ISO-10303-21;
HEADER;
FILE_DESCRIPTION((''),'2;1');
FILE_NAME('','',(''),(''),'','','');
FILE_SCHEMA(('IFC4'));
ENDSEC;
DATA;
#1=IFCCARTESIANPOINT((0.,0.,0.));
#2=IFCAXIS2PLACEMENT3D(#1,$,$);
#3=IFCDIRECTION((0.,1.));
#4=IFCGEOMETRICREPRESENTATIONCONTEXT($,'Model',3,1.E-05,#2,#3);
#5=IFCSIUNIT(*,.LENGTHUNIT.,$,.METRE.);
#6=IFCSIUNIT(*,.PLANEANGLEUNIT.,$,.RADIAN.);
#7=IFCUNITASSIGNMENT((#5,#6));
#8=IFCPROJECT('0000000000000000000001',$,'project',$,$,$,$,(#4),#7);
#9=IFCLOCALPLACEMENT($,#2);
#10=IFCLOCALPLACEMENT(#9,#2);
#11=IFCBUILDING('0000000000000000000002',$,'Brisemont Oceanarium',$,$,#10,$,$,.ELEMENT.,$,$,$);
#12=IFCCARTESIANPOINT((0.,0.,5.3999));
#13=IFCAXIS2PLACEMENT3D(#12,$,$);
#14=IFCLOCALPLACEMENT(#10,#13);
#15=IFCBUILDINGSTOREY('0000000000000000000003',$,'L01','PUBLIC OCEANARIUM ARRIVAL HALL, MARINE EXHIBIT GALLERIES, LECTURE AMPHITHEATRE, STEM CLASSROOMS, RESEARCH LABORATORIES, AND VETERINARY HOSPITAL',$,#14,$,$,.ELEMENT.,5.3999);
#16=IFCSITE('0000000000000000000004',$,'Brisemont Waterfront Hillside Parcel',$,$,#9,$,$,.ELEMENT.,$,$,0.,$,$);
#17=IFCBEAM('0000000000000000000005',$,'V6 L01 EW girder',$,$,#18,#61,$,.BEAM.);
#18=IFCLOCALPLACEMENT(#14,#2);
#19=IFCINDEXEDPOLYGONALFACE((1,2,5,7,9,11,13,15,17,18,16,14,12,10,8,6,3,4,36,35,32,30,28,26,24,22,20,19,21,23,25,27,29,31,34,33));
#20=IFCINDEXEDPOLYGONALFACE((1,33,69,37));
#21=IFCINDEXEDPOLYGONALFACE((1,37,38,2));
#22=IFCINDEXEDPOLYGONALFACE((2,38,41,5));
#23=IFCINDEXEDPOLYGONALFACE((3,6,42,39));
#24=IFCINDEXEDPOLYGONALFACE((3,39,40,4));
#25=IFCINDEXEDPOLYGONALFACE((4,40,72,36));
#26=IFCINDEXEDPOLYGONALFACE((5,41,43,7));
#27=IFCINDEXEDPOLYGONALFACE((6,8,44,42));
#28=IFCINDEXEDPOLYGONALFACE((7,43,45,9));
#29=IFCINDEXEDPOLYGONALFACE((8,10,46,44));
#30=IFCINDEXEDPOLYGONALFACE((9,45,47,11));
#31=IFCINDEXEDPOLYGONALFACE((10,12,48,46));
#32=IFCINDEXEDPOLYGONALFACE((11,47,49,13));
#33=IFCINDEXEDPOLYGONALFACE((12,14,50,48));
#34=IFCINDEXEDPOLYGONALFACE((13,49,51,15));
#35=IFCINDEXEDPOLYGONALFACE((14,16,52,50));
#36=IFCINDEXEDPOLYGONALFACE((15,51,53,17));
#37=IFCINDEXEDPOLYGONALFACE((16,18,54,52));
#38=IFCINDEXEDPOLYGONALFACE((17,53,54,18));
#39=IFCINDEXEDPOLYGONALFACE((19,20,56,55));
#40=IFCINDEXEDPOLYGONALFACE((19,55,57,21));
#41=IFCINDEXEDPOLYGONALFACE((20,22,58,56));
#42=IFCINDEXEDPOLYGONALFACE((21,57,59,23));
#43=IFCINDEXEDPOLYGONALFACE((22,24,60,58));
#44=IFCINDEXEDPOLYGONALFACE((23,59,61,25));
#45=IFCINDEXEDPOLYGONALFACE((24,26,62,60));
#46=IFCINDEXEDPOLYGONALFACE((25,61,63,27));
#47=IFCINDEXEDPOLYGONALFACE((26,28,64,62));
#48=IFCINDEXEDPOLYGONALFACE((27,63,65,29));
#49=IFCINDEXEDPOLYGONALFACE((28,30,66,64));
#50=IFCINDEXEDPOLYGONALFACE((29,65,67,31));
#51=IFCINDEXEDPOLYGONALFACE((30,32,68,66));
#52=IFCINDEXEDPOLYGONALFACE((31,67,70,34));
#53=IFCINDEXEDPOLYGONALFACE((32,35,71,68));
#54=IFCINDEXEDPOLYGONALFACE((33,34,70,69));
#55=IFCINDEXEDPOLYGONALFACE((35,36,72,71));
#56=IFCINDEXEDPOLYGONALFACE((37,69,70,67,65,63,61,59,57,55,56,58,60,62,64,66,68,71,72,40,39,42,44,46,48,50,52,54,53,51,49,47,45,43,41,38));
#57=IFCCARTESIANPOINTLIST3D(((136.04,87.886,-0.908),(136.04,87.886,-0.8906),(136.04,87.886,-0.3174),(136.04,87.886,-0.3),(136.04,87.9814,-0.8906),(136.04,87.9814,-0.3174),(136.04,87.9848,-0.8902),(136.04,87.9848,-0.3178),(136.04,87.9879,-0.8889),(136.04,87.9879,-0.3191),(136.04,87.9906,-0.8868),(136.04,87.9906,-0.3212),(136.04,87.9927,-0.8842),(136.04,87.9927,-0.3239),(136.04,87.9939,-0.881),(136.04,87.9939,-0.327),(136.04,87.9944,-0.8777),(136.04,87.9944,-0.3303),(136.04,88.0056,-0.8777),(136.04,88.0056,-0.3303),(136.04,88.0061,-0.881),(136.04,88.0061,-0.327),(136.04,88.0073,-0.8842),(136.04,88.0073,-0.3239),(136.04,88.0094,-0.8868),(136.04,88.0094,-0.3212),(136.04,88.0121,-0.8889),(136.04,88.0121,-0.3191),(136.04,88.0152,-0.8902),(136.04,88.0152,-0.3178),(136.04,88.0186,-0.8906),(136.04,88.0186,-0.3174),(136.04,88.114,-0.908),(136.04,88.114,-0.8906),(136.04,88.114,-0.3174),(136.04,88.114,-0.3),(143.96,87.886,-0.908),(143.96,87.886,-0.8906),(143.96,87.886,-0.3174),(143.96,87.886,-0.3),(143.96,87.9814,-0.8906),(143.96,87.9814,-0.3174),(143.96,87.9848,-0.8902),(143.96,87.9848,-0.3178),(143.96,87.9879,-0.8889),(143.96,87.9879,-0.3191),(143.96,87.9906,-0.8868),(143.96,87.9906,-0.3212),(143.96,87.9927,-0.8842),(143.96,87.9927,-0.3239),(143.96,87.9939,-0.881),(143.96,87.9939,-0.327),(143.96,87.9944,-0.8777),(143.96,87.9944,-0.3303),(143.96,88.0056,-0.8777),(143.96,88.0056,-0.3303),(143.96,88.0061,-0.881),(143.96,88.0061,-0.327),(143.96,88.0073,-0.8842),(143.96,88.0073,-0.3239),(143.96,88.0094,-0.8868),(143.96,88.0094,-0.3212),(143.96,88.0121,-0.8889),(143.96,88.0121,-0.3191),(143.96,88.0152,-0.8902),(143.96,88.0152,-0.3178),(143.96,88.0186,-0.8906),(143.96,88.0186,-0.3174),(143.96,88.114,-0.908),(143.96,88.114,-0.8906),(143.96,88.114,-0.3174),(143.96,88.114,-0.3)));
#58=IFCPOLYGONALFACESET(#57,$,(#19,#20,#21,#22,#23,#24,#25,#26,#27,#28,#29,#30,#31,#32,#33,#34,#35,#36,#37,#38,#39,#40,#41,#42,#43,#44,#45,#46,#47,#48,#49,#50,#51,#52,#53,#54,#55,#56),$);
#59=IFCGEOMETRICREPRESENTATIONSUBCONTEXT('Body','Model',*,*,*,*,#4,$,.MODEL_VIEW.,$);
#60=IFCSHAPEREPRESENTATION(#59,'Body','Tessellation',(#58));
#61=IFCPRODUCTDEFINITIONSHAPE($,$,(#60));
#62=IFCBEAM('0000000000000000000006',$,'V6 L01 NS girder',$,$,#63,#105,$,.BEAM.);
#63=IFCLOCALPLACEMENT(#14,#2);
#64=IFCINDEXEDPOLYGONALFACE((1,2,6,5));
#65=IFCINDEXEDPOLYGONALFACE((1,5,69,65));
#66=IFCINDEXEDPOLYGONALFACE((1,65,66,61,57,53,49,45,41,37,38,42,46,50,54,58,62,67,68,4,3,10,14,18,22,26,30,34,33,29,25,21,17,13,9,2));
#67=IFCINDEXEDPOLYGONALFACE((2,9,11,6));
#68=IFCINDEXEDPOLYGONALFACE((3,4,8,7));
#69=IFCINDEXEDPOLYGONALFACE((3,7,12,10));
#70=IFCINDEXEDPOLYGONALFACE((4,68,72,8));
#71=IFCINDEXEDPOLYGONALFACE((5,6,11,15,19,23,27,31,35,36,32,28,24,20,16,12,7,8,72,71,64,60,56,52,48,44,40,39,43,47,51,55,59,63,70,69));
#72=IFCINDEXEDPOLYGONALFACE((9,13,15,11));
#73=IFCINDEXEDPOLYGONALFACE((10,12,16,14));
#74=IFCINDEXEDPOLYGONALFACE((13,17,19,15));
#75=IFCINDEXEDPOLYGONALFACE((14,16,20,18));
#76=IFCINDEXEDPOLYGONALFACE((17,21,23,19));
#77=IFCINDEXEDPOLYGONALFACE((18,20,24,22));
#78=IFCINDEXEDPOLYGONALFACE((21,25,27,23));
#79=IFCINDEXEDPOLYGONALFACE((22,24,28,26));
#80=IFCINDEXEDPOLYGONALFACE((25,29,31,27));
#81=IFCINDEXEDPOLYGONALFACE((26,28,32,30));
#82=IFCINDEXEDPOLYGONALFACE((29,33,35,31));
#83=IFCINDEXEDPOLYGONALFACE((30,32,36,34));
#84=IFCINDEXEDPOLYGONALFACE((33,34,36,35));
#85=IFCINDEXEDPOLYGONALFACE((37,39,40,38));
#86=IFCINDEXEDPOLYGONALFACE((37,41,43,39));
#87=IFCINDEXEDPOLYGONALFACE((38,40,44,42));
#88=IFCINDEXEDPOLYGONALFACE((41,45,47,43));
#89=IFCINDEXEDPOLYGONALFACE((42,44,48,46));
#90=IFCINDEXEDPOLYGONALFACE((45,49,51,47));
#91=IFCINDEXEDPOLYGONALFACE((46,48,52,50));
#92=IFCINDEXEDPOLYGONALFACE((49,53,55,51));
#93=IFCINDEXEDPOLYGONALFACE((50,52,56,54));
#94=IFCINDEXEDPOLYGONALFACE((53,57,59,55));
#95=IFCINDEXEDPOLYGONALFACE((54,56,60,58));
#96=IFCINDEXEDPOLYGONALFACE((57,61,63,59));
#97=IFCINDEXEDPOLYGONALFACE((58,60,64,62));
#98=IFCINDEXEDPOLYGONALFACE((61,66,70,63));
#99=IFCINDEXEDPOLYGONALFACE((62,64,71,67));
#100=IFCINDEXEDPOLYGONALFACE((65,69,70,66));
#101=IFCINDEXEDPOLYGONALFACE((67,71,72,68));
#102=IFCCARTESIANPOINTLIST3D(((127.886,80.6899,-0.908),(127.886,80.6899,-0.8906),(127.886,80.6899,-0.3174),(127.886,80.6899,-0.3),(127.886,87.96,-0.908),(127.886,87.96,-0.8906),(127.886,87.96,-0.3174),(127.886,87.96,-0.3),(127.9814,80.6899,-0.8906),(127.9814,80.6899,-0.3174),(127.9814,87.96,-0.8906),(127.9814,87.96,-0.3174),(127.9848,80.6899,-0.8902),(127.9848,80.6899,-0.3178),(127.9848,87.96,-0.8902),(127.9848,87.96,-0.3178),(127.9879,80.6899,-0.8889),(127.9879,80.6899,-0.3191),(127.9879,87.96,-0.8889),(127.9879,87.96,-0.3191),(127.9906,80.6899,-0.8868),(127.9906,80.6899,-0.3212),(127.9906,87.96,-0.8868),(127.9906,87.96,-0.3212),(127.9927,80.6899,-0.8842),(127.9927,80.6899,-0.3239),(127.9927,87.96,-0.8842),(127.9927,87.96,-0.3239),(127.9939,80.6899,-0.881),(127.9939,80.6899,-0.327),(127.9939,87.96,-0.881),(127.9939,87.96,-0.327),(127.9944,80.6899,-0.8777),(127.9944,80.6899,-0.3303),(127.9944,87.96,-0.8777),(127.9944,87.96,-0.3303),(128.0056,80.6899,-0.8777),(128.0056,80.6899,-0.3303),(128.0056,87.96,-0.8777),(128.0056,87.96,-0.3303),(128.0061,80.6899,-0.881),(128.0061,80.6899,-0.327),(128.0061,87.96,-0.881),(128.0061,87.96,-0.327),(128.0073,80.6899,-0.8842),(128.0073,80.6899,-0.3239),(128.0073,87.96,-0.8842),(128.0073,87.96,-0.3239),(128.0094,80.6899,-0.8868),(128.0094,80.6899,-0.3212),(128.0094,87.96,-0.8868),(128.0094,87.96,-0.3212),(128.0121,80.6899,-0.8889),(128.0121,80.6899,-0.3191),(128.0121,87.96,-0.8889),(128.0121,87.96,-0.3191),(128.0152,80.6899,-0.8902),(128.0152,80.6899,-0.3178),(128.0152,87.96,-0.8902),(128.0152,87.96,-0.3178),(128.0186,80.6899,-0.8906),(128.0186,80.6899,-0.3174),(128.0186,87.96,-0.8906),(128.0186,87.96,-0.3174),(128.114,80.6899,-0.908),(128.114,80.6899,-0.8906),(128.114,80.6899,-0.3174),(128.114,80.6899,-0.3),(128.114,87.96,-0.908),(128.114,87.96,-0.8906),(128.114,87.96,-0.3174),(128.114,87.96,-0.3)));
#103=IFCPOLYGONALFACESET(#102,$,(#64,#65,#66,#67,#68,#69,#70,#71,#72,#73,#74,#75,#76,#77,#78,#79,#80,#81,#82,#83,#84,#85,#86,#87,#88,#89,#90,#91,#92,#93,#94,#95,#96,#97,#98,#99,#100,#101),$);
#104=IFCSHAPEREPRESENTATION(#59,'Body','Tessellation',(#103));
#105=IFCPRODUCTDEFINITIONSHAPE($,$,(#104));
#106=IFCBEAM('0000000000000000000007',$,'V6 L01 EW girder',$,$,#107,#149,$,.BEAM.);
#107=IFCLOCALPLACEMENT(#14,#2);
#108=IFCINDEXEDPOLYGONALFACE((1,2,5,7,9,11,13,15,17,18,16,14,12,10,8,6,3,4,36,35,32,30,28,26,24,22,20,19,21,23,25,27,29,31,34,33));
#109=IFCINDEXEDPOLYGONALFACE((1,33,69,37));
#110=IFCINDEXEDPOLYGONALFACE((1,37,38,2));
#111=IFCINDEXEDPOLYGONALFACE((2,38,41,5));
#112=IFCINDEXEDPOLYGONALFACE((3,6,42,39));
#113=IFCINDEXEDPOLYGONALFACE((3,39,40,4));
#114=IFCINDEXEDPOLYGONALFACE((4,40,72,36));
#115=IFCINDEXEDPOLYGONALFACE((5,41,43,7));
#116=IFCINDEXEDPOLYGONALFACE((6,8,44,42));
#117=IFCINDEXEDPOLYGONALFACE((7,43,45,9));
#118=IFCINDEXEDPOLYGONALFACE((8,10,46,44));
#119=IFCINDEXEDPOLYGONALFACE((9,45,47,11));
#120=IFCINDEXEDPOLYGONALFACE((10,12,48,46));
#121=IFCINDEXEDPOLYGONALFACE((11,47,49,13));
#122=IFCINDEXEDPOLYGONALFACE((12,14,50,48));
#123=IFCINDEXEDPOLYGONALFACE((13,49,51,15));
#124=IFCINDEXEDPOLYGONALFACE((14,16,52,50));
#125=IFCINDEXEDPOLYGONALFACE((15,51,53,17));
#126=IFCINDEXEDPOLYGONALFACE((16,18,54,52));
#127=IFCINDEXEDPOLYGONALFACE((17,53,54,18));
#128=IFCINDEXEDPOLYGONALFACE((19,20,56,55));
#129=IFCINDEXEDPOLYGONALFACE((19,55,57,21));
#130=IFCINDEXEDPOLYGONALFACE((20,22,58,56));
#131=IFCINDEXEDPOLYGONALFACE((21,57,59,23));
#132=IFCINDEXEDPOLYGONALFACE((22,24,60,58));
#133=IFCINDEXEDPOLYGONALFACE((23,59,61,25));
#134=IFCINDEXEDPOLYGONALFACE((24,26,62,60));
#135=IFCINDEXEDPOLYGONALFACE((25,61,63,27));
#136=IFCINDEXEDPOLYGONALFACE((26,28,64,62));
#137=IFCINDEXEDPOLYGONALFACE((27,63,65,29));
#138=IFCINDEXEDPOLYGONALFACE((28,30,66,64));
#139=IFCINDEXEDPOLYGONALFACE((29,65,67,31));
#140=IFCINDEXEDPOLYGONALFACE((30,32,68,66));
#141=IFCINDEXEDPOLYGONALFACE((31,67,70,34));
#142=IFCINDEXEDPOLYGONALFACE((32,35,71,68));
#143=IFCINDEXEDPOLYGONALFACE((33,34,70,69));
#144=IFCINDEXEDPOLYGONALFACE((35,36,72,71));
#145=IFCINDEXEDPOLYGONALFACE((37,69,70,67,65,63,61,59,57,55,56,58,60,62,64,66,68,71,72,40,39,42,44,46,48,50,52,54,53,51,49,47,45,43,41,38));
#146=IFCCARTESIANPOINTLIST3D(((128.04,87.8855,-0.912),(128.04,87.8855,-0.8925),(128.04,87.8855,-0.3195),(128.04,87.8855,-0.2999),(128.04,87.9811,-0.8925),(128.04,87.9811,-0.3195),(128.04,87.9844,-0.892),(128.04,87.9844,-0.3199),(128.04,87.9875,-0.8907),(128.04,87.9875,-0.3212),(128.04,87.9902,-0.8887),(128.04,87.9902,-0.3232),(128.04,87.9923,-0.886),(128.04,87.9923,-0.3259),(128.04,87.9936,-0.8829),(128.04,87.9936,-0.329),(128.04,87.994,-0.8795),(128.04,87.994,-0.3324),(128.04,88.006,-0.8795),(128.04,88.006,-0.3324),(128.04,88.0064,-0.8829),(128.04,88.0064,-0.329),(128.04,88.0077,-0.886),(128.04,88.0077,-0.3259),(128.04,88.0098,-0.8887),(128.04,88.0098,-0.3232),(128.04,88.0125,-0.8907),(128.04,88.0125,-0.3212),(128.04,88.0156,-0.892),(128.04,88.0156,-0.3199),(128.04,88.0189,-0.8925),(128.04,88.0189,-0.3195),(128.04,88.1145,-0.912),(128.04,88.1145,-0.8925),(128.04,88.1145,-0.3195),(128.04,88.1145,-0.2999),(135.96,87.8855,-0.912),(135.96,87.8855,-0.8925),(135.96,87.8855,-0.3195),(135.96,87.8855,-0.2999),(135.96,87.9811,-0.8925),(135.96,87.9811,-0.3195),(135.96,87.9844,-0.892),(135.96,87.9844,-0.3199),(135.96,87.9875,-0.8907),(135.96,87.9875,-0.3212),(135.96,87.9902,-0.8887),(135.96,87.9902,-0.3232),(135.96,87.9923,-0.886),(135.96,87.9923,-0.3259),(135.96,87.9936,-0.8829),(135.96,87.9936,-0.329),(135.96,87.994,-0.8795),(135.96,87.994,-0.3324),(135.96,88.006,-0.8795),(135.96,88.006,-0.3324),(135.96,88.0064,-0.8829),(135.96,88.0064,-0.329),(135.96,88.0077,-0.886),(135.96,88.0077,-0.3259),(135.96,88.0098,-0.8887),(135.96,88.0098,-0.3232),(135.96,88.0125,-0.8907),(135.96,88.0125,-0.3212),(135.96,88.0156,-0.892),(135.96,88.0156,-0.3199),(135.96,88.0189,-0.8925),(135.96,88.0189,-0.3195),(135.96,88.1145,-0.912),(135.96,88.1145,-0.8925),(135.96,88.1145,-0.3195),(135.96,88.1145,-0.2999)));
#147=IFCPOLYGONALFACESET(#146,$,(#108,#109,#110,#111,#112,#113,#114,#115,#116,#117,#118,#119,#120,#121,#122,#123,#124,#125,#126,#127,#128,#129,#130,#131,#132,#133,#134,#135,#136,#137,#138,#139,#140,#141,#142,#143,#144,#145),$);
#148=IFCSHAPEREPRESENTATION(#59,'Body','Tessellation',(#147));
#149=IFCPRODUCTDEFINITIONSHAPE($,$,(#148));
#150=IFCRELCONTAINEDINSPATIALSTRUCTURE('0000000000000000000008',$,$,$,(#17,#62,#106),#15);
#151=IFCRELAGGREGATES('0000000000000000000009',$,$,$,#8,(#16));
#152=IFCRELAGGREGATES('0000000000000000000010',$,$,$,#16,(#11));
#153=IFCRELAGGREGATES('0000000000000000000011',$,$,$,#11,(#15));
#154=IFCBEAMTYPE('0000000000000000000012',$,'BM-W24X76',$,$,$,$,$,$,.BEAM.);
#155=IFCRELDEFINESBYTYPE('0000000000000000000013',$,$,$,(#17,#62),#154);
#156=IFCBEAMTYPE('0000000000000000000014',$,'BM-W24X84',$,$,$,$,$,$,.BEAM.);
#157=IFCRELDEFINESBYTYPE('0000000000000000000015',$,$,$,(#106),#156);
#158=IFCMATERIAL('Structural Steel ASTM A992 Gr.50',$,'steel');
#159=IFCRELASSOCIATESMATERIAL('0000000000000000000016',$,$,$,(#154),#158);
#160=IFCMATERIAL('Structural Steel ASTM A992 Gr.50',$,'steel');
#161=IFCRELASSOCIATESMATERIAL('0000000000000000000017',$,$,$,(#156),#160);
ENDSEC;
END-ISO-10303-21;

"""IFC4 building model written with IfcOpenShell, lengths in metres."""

from ifc_helpers import new_model, si_unit, direction, frame, origin, origin_2d, place, context, subcontext, project, spatial, i_section, extrude, material, material_profile, profile_set, type_object, element, save


model = new_model("IFC4")

# Units and contexts
model_context = context("Model", 3, precision=1e-05, world=origin(), true_north=direction((0.0, 1.0)))
body_context = subcontext(model_context, "Body", "Model", "MODEL_VIEW")
ifc_project = project(units=[si_unit("LENGTHUNIT", "METRE"), si_unit("PLANEANGLEUNIT", "RADIAN")], contexts=[model_context])

# Site, building, storey
site_placement = place(None, origin())
site = spatial("IfcSite", under=ifc_project, at=site_placement, Name="Brisemont Waterfront Hillside Parcel", CompositionType="ELEMENT", RefElevation=0.0)
building_placement = place(site_placement, origin())
building = spatial("IfcBuilding", under=site, at=building_placement, Name="Brisemont Oceanarium", CompositionType="ELEMENT")
storey_placement = place(building_placement, frame((0.0, 0.0, 5.3999)))
storey = spatial("IfcBuildingStorey", under=building, at=storey_placement, Name="L01", Description="PUBLIC OCEANARIUM ARRIVAL HALL, MARINE EXHIBIT GALLERIES, LECTURE AMPHITHEATRE, STEM CLASSROOMS, RESEARCH LABORATORIES, AND VETERINARY HOSPITAL", CompositionType="ELEMENT", Elevation=5.3999)

# Beams
ifc_material_1 = material(Name="Structural Steel ASTM A992 Gr.50", Category="steel")
ifc_material_profile_1 = material_profile(ifc_material_1, i_section(OverallWidth=0.228, OverallDepth=0.6079, WebThickness=0.0112, FlangeThickness=0.0173, FilletRadius=0.0129, at=origin_2d()), Name="W24X76")
ifc_profile_set_1 = profile_set([ifc_material_profile_1], Name="Structural Steel ASTM A992 Gr.50")
beam_type_1 = type_object("IfcBeamType", Name="BM-W24X76", PredefinedType="BEAM", material=ifc_profile_set_1)
beam_1_placement = place(storey_placement, frame((136.04, 88.0, -0.604), z_axis=(1.0, 0.0, 0.0), x_axis=(0.0, 1.0, 0.0)))
element("IfcBeam", 1, at=beam_1_placement, inside=storey, type_object=beam_type_1, Name="V6 L01 EW girder", PredefinedType="BEAM", context=body_context, shape_type="SweptSolid", body=[
    extrude(i_section(OverallWidth=0.228, OverallDepth=0.6079, WebThickness=0.0112, FlangeThickness=0.0173, FilletRadius=0.0129, at=origin_2d()), origin(), (0.0, 0.0, 1.0), 7.9199),
])
beam_2_placement = place(storey_placement, frame((128.0, 80.6899, -0.604), z_axis=(0.0, 1.0, 0.0), x_axis=(-1.0, 0.0, 0.0)))
element("IfcBeam", 2, at=beam_2_placement, inside=storey, type_object=beam_type_1, Name="V6 L01 NS girder", PredefinedType="BEAM", context=body_context, shape_type="SweptSolid", body=[
    extrude(i_section(OverallWidth=0.228, OverallDepth=0.6079, WebThickness=0.0112, FlangeThickness=0.0173, FilletRadius=0.0129, at=origin_2d()), origin(), (0.0, 0.0, 1.0), 7.27),
])
ifc_material_2 = material(Name="Structural Steel ASTM A992 Gr.50", Category="steel")
ifc_material_profile_2 = material_profile(ifc_material_2, i_section(OverallWidth=0.229, OverallDepth=0.6121, WebThickness=0.012, FlangeThickness=0.0195, FilletRadius=0.0129, at=origin_2d()), Name="W24X84")
ifc_profile_set_2 = profile_set([ifc_material_profile_2], Name="Structural Steel ASTM A992 Gr.50")
beam_type_2 = type_object("IfcBeamType", Name="BM-W24X84", PredefinedType="BEAM", material=ifc_profile_set_2)
beam_3_placement = place(storey_placement, frame((128.04, 88.0, -0.606), z_axis=(1.0, 0.0, 0.0), x_axis=(0.0, 1.0, 0.0)))
element("IfcBeam", 3, at=beam_3_placement, inside=storey, type_object=beam_type_2, Name="V6 L01 EW girder", PredefinedType="BEAM", context=body_context, shape_type="SweptSolid", body=[
    extrude(i_section(OverallWidth=0.229, OverallDepth=0.6121, WebThickness=0.012, FlangeThickness=0.0195, FilletRadius=0.0129, at=origin_2d()), origin(), (0.0, 0.0, 1.0), 7.9199),
])

save(model, "model.ifc")
